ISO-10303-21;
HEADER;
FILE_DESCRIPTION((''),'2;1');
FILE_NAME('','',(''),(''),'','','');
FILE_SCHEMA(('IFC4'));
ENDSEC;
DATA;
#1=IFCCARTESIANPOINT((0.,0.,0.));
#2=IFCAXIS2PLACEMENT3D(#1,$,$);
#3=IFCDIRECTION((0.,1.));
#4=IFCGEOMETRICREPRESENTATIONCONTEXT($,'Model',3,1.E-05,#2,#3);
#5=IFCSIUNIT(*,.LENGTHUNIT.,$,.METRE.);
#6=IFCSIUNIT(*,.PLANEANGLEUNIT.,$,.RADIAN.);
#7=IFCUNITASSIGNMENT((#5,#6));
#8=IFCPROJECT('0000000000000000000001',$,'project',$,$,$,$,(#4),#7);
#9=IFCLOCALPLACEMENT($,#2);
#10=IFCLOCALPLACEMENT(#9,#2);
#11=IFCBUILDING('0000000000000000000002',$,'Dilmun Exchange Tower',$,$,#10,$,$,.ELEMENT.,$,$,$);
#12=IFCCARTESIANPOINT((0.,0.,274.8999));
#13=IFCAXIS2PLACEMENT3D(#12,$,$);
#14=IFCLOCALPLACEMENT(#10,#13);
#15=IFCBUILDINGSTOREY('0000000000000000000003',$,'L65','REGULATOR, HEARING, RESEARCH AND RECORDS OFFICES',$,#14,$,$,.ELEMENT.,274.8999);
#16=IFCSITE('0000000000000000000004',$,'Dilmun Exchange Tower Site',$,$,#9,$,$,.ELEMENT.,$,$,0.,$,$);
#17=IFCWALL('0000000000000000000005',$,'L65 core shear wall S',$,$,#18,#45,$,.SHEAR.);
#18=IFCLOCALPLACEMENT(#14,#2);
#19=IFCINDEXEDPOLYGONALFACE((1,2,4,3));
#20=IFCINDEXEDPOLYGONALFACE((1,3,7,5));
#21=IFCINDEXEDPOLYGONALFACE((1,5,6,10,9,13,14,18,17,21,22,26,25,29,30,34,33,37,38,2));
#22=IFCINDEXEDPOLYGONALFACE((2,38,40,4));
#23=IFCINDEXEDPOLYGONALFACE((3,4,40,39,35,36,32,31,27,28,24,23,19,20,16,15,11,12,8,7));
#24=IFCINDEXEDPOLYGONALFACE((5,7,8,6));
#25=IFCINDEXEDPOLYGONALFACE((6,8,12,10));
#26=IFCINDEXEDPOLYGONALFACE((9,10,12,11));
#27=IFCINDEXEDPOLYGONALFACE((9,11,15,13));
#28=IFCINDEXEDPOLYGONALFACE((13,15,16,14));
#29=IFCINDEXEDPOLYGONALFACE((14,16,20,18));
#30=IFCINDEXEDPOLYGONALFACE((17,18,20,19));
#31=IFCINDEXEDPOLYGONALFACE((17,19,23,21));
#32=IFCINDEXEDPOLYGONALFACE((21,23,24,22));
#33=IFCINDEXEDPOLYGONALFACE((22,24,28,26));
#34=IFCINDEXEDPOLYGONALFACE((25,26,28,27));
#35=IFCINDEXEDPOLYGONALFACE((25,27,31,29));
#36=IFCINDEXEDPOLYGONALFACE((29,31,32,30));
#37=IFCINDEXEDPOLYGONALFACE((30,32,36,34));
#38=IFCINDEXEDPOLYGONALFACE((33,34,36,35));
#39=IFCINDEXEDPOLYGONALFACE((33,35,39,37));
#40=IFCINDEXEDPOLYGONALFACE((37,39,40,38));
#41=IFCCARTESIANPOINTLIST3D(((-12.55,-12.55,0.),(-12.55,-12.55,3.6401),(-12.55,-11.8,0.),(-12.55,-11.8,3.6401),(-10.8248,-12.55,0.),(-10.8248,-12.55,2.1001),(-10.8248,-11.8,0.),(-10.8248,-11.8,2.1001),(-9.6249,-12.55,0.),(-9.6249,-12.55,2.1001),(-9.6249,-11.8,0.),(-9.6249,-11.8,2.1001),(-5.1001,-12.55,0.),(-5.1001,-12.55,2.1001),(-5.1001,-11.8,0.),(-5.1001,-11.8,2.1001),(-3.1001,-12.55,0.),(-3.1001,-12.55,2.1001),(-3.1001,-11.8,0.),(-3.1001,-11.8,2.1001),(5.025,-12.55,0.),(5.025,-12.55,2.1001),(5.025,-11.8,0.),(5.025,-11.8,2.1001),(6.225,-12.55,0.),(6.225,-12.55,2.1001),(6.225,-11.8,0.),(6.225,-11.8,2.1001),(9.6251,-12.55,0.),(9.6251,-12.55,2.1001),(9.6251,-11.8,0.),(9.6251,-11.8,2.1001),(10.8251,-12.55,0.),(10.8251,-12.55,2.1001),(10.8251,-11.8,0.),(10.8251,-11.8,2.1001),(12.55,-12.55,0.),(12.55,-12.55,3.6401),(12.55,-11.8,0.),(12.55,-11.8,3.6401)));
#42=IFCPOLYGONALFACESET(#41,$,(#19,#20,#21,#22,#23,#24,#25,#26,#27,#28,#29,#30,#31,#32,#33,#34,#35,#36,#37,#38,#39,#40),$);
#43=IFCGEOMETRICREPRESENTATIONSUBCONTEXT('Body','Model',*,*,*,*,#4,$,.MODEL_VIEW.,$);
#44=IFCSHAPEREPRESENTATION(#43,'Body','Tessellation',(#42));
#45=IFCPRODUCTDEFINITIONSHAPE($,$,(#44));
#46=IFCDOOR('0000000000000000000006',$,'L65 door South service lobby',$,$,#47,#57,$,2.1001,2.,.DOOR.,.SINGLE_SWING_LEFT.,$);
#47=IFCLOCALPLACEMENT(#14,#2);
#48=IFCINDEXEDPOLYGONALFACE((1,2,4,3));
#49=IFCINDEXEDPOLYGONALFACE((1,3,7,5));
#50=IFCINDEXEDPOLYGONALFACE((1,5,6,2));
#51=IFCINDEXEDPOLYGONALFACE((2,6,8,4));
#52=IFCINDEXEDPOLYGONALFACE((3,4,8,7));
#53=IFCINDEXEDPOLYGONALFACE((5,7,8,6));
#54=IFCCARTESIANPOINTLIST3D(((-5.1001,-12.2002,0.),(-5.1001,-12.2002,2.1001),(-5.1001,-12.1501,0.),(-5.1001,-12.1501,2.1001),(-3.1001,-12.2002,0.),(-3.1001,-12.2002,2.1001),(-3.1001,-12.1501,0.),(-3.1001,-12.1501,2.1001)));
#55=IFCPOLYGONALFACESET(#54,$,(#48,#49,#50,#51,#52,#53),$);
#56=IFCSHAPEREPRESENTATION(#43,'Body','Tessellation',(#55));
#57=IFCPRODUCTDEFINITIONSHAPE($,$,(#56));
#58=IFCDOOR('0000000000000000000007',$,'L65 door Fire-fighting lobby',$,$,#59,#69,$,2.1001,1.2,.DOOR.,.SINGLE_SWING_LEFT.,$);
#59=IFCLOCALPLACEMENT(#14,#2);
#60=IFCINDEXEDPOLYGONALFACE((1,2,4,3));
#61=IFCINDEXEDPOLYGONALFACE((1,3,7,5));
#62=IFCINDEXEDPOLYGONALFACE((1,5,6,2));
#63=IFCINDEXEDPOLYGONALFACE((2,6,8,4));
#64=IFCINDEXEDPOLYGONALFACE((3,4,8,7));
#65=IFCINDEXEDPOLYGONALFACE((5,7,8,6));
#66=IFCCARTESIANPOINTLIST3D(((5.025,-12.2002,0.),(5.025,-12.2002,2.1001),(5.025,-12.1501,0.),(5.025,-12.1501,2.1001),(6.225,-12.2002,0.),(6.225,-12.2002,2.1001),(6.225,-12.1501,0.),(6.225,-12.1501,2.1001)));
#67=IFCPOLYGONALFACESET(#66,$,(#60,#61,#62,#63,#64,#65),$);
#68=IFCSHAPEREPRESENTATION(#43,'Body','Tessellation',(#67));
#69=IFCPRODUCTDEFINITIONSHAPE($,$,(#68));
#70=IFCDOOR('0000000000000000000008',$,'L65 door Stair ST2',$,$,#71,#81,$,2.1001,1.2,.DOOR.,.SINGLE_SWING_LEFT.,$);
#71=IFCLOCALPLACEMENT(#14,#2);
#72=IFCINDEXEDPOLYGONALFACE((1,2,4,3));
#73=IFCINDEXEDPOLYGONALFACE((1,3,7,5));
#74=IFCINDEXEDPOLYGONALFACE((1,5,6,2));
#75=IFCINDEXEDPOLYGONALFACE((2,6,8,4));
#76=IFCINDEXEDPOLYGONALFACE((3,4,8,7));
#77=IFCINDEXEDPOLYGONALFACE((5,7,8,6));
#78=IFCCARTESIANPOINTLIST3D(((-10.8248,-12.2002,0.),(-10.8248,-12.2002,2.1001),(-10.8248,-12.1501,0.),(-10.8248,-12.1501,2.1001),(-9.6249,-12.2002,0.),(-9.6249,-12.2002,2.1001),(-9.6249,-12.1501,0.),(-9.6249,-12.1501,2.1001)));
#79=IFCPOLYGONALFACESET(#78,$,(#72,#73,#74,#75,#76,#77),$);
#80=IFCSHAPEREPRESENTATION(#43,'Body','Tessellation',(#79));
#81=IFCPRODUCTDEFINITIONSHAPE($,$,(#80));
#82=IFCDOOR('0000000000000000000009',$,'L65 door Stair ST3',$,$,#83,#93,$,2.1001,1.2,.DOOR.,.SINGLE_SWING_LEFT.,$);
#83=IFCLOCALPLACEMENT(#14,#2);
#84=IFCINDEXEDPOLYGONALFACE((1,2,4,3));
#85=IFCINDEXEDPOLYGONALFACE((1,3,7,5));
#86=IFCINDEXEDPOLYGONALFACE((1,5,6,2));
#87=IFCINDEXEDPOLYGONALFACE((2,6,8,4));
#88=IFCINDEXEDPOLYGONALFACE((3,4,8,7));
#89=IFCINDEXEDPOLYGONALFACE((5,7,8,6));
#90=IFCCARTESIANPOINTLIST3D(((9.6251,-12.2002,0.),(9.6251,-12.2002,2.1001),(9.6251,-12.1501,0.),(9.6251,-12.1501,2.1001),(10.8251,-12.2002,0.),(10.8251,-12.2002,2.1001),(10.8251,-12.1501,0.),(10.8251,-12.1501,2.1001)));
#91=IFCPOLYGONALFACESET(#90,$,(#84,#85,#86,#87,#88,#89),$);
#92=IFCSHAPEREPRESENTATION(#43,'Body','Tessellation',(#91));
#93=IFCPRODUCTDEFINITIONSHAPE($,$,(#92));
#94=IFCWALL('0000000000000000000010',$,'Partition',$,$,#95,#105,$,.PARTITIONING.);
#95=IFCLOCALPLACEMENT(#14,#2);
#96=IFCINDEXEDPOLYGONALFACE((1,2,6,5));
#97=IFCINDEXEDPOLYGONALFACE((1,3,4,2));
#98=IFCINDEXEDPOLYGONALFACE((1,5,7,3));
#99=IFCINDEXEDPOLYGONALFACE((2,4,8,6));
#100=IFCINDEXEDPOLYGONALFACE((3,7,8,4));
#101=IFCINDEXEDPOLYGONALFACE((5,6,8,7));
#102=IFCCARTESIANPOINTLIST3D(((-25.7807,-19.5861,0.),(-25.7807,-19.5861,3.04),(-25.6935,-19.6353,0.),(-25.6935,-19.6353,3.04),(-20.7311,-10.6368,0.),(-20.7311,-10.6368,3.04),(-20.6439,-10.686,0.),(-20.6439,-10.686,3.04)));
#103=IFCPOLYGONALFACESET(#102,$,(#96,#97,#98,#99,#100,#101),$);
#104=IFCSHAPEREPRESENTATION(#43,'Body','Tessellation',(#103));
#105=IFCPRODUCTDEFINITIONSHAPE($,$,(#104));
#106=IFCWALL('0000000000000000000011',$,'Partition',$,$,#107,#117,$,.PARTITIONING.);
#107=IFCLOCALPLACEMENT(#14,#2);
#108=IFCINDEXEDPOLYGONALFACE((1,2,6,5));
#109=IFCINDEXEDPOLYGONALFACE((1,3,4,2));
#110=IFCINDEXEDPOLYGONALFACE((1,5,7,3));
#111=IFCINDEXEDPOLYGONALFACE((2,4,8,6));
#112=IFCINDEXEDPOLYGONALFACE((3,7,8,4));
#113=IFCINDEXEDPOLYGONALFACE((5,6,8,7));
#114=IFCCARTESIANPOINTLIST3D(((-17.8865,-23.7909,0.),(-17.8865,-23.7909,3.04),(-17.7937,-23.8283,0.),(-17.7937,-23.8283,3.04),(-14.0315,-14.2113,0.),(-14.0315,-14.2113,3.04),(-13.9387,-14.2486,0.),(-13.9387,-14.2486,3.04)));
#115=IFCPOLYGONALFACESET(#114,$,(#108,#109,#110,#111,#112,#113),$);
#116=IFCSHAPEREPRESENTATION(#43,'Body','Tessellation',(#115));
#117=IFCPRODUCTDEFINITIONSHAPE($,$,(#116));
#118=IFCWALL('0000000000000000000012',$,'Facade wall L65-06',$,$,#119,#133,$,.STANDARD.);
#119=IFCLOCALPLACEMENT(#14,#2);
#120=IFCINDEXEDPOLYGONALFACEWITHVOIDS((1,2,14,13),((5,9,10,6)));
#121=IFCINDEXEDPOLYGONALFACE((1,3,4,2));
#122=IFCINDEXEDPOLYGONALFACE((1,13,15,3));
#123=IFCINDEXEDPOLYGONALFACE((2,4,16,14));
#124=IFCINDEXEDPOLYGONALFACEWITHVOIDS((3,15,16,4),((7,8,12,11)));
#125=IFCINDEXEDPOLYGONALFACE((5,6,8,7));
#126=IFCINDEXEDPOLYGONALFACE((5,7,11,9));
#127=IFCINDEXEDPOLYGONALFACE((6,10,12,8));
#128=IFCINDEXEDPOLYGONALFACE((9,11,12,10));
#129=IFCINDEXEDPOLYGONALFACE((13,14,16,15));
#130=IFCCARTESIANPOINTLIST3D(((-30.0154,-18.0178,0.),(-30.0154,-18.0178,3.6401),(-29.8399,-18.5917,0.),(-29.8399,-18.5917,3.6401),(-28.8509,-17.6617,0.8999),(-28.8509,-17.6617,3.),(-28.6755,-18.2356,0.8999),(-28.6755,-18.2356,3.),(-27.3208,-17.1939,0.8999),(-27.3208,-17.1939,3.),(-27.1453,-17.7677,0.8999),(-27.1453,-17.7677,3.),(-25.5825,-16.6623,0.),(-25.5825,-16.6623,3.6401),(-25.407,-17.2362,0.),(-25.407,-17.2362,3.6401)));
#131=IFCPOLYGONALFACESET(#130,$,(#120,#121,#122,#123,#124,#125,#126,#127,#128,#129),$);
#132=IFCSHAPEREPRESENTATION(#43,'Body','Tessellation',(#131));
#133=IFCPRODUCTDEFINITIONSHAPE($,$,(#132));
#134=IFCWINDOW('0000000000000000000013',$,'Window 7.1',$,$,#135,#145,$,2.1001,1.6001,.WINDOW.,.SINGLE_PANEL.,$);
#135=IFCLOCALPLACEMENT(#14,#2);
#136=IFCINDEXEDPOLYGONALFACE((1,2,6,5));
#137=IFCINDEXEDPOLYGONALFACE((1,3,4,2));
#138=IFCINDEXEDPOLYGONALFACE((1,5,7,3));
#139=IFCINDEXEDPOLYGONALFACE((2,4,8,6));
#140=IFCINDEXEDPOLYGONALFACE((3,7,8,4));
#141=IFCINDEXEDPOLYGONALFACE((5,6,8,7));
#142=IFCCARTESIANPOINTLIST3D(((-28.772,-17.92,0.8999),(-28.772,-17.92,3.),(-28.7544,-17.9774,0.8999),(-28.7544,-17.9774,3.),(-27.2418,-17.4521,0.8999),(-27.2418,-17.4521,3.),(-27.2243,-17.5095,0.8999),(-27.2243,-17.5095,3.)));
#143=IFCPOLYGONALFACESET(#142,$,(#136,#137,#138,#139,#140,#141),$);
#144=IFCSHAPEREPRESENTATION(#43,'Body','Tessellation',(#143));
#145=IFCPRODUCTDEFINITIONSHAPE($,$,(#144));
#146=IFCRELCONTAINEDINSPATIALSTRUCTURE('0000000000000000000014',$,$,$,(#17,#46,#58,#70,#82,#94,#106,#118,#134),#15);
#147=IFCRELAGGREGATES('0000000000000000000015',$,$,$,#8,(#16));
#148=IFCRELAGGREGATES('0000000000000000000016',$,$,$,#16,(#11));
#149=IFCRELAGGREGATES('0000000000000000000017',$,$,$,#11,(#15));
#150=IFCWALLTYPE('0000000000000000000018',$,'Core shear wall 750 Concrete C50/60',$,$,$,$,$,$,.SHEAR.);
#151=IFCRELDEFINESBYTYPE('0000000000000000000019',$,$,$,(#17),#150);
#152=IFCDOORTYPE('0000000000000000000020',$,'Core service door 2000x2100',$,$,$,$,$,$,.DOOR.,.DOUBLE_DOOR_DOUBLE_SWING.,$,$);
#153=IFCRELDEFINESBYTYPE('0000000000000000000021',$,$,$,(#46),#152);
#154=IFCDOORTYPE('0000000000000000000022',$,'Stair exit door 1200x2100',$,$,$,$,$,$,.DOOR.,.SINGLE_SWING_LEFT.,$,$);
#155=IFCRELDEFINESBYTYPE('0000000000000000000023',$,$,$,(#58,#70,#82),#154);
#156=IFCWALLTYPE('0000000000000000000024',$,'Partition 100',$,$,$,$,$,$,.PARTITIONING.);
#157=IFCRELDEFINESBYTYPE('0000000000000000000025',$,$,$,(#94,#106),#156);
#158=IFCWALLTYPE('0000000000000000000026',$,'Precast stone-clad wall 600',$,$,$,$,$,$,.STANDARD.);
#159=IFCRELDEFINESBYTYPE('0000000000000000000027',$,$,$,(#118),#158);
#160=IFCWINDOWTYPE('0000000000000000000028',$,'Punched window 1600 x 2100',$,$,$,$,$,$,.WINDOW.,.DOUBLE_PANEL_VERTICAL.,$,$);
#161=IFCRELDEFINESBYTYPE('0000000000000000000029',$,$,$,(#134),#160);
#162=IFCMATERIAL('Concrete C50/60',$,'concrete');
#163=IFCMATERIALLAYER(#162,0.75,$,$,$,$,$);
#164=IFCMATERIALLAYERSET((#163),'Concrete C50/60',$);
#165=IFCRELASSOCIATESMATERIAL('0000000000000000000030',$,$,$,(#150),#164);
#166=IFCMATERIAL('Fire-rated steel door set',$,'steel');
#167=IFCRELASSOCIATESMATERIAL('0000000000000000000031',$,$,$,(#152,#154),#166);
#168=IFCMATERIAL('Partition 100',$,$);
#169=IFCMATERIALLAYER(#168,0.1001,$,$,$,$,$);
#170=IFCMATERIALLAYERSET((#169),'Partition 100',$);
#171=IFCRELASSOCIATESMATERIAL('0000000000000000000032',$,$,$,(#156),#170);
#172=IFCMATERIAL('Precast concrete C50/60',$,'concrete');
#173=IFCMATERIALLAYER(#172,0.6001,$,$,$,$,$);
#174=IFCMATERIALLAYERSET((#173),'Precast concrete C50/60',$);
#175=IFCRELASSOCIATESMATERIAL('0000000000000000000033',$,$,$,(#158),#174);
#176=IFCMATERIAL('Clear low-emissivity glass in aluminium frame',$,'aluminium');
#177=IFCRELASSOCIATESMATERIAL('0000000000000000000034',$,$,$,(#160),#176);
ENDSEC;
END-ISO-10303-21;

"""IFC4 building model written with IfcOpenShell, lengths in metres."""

from ifc_helpers import new_model, si_unit, direction, frame, frame_2d, origin, place, context, subcontext, project, spatial, rectangle, extrude, material, layer, layer_set, type_object, element, fill, save


model = new_model("IFC4")

# Units and contexts
model_context = context("Model", 3, precision=1e-05, world=origin(), true_north=direction((0.0, 1.0)))
body_context = subcontext(model_context, "Body", "Model", "MODEL_VIEW")
ifc_project = project(units=[si_unit("LENGTHUNIT", "METRE"), si_unit("PLANEANGLEUNIT", "RADIAN")], contexts=[model_context])

# Site, building, storey
site_placement = place(None, origin())
site = spatial("IfcSite", under=ifc_project, at=site_placement, Name="Dilmun Exchange Tower Site", CompositionType="ELEMENT", RefElevation=0.0)
building_placement = place(site_placement, origin())
building = spatial("IfcBuilding", under=site, at=building_placement, Name="Dilmun Exchange Tower", CompositionType="ELEMENT")
storey_placement = place(building_placement, frame((0.0, 0.0, 274.8999)))
storey = spatial("IfcBuildingStorey", under=building, at=storey_placement, Name="L65", Description="REGULATOR, HEARING, RESEARCH AND RECORDS OFFICES", CompositionType="ELEMENT", Elevation=274.8999)

# Shared definitions
ifc_material_1 = material(Name="Concrete C50/60", Category="concrete")

# Wall, openings, doors
ifc_layer_1 = layer(ifc_material_1, 0.75)
ifc_layer_set_1 = layer_set([ifc_layer_1], Name="Concrete C50/60")
wall_type_1 = type_object("IfcWallType", Name="Core shear wall 750 Concrete C50/60", PredefinedType="SHEAR", material=ifc_layer_set_1)
wall_1_placement = place(storey_placement, frame((-12.55, -12.175, 0.0), z_axis=(0.0, 0.0, 1.0), x_axis=(1.0, 0.0, 0.0)))
wall_1 = element("IfcWall", 1, at=wall_1_placement, inside=storey, type_object=wall_type_1, Name="L65 core shear wall S", PredefinedType="SHEAR", context=body_context, shape_type="SweptSolid", body=[
    extrude(rectangle(XDim=25.1001, YDim=0.75, at=frame_2d((12.55, 0.0))), origin(), (0.0, 0.0, 1.0), 3.6401),
])
opening_1_placement = place(wall_1_placement, frame((7.45, 0.0, 0.0)))
opening_1 = element("IfcOpeningElement", 2, at=opening_1_placement, cuts=wall_1, PredefinedType="OPENING", context=body_context, shape_type="SweptSolid", body=[
    extrude(rectangle(XDim=2.0, YDim=2.1001, at=frame_2d((1.0, 1.05))), frame((0.0, 0.385, 0.0), z_axis=(0.0, -1.0, 0.0), x_axis=(1.0, 0.0, 0.0)), (0.0, 0.0, 1.0), 0.77),
])
opening_2_placement = place(wall_1_placement, frame((17.575, 0.0, 0.0)))
opening_2 = element("IfcOpeningElement", 3, at=opening_2_placement, cuts=wall_1, PredefinedType="OPENING", context=body_context, shape_type="SweptSolid", body=[
    extrude(rectangle(XDim=1.2, YDim=2.1001, at=frame_2d((0.6001, 1.05))), frame((0.0, 0.385, 0.0), z_axis=(0.0, -1.0, 0.0), x_axis=(1.0, 0.0, 0.0)), (0.0, 0.0, 1.0), 0.77),
])
opening_3_placement = place(wall_1_placement, frame((1.7251, 0.0, 0.0)))
opening_3 = element("IfcOpeningElement", 4, at=opening_3_placement, cuts=wall_1, PredefinedType="OPENING", context=body_context, shape_type="SweptSolid", body=[
    extrude(rectangle(XDim=1.2, YDim=2.1001, at=frame_2d((0.6001, 1.05))), frame((0.0, 0.385, 0.0), z_axis=(0.0, -1.0, 0.0), x_axis=(1.0, 0.0, 0.0)), (0.0, 0.0, 1.0), 0.77),
])
opening_4_placement = place(wall_1_placement, frame((22.175, 0.0, 0.0)))
opening_4 = element("IfcOpeningElement", 5, at=opening_4_placement, cuts=wall_1, PredefinedType="OPENING", context=body_context, shape_type="SweptSolid", body=[
    extrude(rectangle(XDim=1.2, YDim=2.1001, at=frame_2d((0.6001, 1.05))), frame((0.0, 0.385, 0.0), z_axis=(0.0, -1.0, 0.0), x_axis=(1.0, 0.0, 0.0)), (0.0, 0.0, 1.0), 0.77),
])
ifc_material_2 = material(Name="Fire-rated steel door set", Category="steel")
door_type_1 = type_object("IfcDoorType", Name="Core service door 2000x2100", OperationType="DOUBLE_DOOR_DOUBLE_SWING", PredefinedType="DOOR", material=ifc_material_2)
door_1_placement = place(opening_1_placement, origin())
door_1 = element("IfcDoor", 6, at=door_1_placement, inside=storey, type_object=door_type_1, Name="L65 door South service lobby", OperationType="SINGLE_SWING_LEFT", OverallHeight=2.1001, OverallWidth=2.0, PredefinedType="DOOR", context=body_context, shape_type="SweptSolid", body=[
    extrude(rectangle(XDim=2.0, YDim=2.1001, at=frame_2d((1.0, 1.05))), frame((0.0, 0.0249, 0.0), z_axis=(0.0, -1.0, 0.0), x_axis=(1.0, 0.0, 0.0)), (0.0, 0.0, 1.0), 0.05),
])
fill(opening_1, door_1)
door_type_2 = type_object("IfcDoorType", Name="Stair exit door 1200x2100", OperationType="SINGLE_SWING_LEFT", PredefinedType="DOOR", material=ifc_material_2)
door_2_placement = place(opening_2_placement, origin())
door_2 = element("IfcDoor", 7, at=door_2_placement, inside=storey, type_object=door_type_2, Name="L65 door Fire-fighting lobby", OperationType="SINGLE_SWING_LEFT", OverallHeight=2.1001, OverallWidth=1.2, PredefinedType="DOOR", context=body_context, shape_type="SweptSolid", body=[
    extrude(rectangle(XDim=1.2, YDim=2.1001, at=frame_2d((0.6001, 1.05))), frame((0.0, 0.0249, 0.0), z_axis=(0.0, -1.0, 0.0), x_axis=(1.0, 0.0, 0.0)), (0.0, 0.0, 1.0), 0.05),
])
fill(opening_2, door_2)
door_3_placement = place(opening_3_placement, origin())
door_3 = element("IfcDoor", 8, at=door_3_placement, inside=storey, type_object=door_type_2, Name="L65 door Stair ST2", OperationType="SINGLE_SWING_LEFT", OverallHeight=2.1001, OverallWidth=1.2, PredefinedType="DOOR", context=body_context, shape_type="SweptSolid", body=[
    extrude(rectangle(XDim=1.2, YDim=2.1001, at=frame_2d((0.6001, 1.05))), frame((0.0, 0.0249, 0.0), z_axis=(0.0, -1.0, 0.0), x_axis=(1.0, 0.0, 0.0)), (0.0, 0.0, 1.0), 0.05),
])
fill(opening_3, door_3)
door_4_placement = place(opening_4_placement, origin())
door_4 = element("IfcDoor", 9, at=door_4_placement, inside=storey, type_object=door_type_2, Name="L65 door Stair ST3", OperationType="SINGLE_SWING_LEFT", OverallHeight=2.1001, OverallWidth=1.2, PredefinedType="DOOR", context=body_context, shape_type="SweptSolid", body=[
    extrude(rectangle(XDim=1.2, YDim=2.1001, at=frame_2d((0.6001, 1.05))), frame((0.0, 0.0249, 0.0), z_axis=(0.0, -1.0, 0.0), x_axis=(1.0, 0.0, 0.0)), (0.0, 0.0, 1.0), 0.05),
])
fill(opening_4, door_4)

# Walls
ifc_material_3 = material(Name="Partition 100")
ifc_layer_2 = layer(ifc_material_3, 0.1001)
ifc_layer_set_2 = layer_set([ifc_layer_2], Name="Partition 100")
wall_type_2 = type_object("IfcWallType", Name="Partition 100", PredefinedType="PARTITIONING", material=ifc_layer_set_2)
wall_2_placement = place(storey_placement, frame((-25.7371, -19.6106, 0.0), z_axis=(0.0, 0.0, 1.0), x_axis=(0.491416, 0.870925, 0.0)))
element("IfcWall", 10, at=wall_2_placement, inside=storey, type_object=wall_type_2, Name="Partition", PredefinedType="PARTITIONING", context=body_context, shape_type="SweptSolid", body=[
    extrude(rectangle(XDim=10.2756, YDim=0.1001, at=frame_2d((5.1377, 0.0))), origin(), (0.0, 0.0, 1.0), 3.04),
])
wall_3_placement = place(storey_placement, frame((-17.8401, -23.8096, 0.0), z_axis=(0.0, 0.0, 1.0), x_axis=(0.373322, 0.927702, 0.0)))
element("IfcWall", 11, at=wall_3_placement, inside=storey, type_object=wall_type_2, Name="Partition", PredefinedType="PARTITIONING", context=body_context, shape_type="SweptSolid", body=[
    extrude(rectangle(XDim=10.3262, YDim=0.1001, at=frame_2d((5.1631, 0.0))), origin(), (0.0, 0.0, 1.0), 3.04),
])

# Wall, opening, window
ifc_material_4 = material(Name="Precast concrete C50/60", Category="concrete")
ifc_layer_3 = layer(ifc_material_4, 0.6001)
ifc_layer_set_3 = layer_set([ifc_layer_3], Name="Precast concrete C50/60")
wall_type_3 = type_object("IfcWallType", Name="Precast stone-clad wall 600", PredefinedType="STANDARD", material=ifc_layer_set_3)
wall_4_placement = place(storey_placement, frame((-25.4946, -16.9492, 0.0), z_axis=(0.0, 0.0, 1.0), x_axis=(-0.956292, -0.292413, 0.0)))
wall_4 = element("IfcWall", 12, at=wall_4_placement, inside=storey, type_object=wall_type_3, Name="Facade wall L65-06", PredefinedType="STANDARD", context=body_context, shape_type="SweptSolid", body=[
    extrude(rectangle(XDim=4.6355, YDim=0.6001, at=frame_2d((2.3179, 0.0))), origin(), (0.0, 0.0, 1.0), 3.6401),
])
opening_5_placement = place(wall_4_placement, frame((1.8179, 0.0, 0.8999)))
opening_5 = element("IfcOpeningElement", 13, at=opening_5_placement, cuts=wall_4, PredefinedType="OPENING", context=body_context, shape_type="SweptSolid", body=[
    extrude(rectangle(XDim=1.6001, YDim=2.1001, at=frame_2d((0.8, 1.05))), frame((0.0, 0.3101, 0.0), z_axis=(0.0, -1.0, 0.0), x_axis=(1.0, 0.0, 0.0)), (0.0, 0.0, 1.0), 0.6201),
])
ifc_material_5 = material(Name="Clear low-emissivity glass in aluminium frame", Category="aluminium")
window_type_1 = type_object("IfcWindowType", Name="Punched window 1600 x 2100", PartitioningType="DOUBLE_PANEL_VERTICAL", PredefinedType="WINDOW", material=ifc_material_5)
window_1_placement = place(opening_5_placement, origin())
window_1 = element("IfcWindow", 14, at=window_1_placement, inside=storey, type_object=window_type_1, Name="Window 7.1", OverallHeight=2.1001, OverallWidth=1.6001, PartitioningType="SINGLE_PANEL", PredefinedType="WINDOW", context=body_context, shape_type="SweptSolid", body=[
    extrude(rectangle(XDim=1.6001, YDim=2.1001, at=frame_2d((0.8, 1.05))), frame((0.0, 0.03, 0.0), z_axis=(0.0, -1.0, 0.0), x_axis=(1.0, 0.0, 0.0)), (0.0, 0.0, 1.0), 0.0601),
])
fill(opening_5, window_1)

save(model, "model.ifc")
